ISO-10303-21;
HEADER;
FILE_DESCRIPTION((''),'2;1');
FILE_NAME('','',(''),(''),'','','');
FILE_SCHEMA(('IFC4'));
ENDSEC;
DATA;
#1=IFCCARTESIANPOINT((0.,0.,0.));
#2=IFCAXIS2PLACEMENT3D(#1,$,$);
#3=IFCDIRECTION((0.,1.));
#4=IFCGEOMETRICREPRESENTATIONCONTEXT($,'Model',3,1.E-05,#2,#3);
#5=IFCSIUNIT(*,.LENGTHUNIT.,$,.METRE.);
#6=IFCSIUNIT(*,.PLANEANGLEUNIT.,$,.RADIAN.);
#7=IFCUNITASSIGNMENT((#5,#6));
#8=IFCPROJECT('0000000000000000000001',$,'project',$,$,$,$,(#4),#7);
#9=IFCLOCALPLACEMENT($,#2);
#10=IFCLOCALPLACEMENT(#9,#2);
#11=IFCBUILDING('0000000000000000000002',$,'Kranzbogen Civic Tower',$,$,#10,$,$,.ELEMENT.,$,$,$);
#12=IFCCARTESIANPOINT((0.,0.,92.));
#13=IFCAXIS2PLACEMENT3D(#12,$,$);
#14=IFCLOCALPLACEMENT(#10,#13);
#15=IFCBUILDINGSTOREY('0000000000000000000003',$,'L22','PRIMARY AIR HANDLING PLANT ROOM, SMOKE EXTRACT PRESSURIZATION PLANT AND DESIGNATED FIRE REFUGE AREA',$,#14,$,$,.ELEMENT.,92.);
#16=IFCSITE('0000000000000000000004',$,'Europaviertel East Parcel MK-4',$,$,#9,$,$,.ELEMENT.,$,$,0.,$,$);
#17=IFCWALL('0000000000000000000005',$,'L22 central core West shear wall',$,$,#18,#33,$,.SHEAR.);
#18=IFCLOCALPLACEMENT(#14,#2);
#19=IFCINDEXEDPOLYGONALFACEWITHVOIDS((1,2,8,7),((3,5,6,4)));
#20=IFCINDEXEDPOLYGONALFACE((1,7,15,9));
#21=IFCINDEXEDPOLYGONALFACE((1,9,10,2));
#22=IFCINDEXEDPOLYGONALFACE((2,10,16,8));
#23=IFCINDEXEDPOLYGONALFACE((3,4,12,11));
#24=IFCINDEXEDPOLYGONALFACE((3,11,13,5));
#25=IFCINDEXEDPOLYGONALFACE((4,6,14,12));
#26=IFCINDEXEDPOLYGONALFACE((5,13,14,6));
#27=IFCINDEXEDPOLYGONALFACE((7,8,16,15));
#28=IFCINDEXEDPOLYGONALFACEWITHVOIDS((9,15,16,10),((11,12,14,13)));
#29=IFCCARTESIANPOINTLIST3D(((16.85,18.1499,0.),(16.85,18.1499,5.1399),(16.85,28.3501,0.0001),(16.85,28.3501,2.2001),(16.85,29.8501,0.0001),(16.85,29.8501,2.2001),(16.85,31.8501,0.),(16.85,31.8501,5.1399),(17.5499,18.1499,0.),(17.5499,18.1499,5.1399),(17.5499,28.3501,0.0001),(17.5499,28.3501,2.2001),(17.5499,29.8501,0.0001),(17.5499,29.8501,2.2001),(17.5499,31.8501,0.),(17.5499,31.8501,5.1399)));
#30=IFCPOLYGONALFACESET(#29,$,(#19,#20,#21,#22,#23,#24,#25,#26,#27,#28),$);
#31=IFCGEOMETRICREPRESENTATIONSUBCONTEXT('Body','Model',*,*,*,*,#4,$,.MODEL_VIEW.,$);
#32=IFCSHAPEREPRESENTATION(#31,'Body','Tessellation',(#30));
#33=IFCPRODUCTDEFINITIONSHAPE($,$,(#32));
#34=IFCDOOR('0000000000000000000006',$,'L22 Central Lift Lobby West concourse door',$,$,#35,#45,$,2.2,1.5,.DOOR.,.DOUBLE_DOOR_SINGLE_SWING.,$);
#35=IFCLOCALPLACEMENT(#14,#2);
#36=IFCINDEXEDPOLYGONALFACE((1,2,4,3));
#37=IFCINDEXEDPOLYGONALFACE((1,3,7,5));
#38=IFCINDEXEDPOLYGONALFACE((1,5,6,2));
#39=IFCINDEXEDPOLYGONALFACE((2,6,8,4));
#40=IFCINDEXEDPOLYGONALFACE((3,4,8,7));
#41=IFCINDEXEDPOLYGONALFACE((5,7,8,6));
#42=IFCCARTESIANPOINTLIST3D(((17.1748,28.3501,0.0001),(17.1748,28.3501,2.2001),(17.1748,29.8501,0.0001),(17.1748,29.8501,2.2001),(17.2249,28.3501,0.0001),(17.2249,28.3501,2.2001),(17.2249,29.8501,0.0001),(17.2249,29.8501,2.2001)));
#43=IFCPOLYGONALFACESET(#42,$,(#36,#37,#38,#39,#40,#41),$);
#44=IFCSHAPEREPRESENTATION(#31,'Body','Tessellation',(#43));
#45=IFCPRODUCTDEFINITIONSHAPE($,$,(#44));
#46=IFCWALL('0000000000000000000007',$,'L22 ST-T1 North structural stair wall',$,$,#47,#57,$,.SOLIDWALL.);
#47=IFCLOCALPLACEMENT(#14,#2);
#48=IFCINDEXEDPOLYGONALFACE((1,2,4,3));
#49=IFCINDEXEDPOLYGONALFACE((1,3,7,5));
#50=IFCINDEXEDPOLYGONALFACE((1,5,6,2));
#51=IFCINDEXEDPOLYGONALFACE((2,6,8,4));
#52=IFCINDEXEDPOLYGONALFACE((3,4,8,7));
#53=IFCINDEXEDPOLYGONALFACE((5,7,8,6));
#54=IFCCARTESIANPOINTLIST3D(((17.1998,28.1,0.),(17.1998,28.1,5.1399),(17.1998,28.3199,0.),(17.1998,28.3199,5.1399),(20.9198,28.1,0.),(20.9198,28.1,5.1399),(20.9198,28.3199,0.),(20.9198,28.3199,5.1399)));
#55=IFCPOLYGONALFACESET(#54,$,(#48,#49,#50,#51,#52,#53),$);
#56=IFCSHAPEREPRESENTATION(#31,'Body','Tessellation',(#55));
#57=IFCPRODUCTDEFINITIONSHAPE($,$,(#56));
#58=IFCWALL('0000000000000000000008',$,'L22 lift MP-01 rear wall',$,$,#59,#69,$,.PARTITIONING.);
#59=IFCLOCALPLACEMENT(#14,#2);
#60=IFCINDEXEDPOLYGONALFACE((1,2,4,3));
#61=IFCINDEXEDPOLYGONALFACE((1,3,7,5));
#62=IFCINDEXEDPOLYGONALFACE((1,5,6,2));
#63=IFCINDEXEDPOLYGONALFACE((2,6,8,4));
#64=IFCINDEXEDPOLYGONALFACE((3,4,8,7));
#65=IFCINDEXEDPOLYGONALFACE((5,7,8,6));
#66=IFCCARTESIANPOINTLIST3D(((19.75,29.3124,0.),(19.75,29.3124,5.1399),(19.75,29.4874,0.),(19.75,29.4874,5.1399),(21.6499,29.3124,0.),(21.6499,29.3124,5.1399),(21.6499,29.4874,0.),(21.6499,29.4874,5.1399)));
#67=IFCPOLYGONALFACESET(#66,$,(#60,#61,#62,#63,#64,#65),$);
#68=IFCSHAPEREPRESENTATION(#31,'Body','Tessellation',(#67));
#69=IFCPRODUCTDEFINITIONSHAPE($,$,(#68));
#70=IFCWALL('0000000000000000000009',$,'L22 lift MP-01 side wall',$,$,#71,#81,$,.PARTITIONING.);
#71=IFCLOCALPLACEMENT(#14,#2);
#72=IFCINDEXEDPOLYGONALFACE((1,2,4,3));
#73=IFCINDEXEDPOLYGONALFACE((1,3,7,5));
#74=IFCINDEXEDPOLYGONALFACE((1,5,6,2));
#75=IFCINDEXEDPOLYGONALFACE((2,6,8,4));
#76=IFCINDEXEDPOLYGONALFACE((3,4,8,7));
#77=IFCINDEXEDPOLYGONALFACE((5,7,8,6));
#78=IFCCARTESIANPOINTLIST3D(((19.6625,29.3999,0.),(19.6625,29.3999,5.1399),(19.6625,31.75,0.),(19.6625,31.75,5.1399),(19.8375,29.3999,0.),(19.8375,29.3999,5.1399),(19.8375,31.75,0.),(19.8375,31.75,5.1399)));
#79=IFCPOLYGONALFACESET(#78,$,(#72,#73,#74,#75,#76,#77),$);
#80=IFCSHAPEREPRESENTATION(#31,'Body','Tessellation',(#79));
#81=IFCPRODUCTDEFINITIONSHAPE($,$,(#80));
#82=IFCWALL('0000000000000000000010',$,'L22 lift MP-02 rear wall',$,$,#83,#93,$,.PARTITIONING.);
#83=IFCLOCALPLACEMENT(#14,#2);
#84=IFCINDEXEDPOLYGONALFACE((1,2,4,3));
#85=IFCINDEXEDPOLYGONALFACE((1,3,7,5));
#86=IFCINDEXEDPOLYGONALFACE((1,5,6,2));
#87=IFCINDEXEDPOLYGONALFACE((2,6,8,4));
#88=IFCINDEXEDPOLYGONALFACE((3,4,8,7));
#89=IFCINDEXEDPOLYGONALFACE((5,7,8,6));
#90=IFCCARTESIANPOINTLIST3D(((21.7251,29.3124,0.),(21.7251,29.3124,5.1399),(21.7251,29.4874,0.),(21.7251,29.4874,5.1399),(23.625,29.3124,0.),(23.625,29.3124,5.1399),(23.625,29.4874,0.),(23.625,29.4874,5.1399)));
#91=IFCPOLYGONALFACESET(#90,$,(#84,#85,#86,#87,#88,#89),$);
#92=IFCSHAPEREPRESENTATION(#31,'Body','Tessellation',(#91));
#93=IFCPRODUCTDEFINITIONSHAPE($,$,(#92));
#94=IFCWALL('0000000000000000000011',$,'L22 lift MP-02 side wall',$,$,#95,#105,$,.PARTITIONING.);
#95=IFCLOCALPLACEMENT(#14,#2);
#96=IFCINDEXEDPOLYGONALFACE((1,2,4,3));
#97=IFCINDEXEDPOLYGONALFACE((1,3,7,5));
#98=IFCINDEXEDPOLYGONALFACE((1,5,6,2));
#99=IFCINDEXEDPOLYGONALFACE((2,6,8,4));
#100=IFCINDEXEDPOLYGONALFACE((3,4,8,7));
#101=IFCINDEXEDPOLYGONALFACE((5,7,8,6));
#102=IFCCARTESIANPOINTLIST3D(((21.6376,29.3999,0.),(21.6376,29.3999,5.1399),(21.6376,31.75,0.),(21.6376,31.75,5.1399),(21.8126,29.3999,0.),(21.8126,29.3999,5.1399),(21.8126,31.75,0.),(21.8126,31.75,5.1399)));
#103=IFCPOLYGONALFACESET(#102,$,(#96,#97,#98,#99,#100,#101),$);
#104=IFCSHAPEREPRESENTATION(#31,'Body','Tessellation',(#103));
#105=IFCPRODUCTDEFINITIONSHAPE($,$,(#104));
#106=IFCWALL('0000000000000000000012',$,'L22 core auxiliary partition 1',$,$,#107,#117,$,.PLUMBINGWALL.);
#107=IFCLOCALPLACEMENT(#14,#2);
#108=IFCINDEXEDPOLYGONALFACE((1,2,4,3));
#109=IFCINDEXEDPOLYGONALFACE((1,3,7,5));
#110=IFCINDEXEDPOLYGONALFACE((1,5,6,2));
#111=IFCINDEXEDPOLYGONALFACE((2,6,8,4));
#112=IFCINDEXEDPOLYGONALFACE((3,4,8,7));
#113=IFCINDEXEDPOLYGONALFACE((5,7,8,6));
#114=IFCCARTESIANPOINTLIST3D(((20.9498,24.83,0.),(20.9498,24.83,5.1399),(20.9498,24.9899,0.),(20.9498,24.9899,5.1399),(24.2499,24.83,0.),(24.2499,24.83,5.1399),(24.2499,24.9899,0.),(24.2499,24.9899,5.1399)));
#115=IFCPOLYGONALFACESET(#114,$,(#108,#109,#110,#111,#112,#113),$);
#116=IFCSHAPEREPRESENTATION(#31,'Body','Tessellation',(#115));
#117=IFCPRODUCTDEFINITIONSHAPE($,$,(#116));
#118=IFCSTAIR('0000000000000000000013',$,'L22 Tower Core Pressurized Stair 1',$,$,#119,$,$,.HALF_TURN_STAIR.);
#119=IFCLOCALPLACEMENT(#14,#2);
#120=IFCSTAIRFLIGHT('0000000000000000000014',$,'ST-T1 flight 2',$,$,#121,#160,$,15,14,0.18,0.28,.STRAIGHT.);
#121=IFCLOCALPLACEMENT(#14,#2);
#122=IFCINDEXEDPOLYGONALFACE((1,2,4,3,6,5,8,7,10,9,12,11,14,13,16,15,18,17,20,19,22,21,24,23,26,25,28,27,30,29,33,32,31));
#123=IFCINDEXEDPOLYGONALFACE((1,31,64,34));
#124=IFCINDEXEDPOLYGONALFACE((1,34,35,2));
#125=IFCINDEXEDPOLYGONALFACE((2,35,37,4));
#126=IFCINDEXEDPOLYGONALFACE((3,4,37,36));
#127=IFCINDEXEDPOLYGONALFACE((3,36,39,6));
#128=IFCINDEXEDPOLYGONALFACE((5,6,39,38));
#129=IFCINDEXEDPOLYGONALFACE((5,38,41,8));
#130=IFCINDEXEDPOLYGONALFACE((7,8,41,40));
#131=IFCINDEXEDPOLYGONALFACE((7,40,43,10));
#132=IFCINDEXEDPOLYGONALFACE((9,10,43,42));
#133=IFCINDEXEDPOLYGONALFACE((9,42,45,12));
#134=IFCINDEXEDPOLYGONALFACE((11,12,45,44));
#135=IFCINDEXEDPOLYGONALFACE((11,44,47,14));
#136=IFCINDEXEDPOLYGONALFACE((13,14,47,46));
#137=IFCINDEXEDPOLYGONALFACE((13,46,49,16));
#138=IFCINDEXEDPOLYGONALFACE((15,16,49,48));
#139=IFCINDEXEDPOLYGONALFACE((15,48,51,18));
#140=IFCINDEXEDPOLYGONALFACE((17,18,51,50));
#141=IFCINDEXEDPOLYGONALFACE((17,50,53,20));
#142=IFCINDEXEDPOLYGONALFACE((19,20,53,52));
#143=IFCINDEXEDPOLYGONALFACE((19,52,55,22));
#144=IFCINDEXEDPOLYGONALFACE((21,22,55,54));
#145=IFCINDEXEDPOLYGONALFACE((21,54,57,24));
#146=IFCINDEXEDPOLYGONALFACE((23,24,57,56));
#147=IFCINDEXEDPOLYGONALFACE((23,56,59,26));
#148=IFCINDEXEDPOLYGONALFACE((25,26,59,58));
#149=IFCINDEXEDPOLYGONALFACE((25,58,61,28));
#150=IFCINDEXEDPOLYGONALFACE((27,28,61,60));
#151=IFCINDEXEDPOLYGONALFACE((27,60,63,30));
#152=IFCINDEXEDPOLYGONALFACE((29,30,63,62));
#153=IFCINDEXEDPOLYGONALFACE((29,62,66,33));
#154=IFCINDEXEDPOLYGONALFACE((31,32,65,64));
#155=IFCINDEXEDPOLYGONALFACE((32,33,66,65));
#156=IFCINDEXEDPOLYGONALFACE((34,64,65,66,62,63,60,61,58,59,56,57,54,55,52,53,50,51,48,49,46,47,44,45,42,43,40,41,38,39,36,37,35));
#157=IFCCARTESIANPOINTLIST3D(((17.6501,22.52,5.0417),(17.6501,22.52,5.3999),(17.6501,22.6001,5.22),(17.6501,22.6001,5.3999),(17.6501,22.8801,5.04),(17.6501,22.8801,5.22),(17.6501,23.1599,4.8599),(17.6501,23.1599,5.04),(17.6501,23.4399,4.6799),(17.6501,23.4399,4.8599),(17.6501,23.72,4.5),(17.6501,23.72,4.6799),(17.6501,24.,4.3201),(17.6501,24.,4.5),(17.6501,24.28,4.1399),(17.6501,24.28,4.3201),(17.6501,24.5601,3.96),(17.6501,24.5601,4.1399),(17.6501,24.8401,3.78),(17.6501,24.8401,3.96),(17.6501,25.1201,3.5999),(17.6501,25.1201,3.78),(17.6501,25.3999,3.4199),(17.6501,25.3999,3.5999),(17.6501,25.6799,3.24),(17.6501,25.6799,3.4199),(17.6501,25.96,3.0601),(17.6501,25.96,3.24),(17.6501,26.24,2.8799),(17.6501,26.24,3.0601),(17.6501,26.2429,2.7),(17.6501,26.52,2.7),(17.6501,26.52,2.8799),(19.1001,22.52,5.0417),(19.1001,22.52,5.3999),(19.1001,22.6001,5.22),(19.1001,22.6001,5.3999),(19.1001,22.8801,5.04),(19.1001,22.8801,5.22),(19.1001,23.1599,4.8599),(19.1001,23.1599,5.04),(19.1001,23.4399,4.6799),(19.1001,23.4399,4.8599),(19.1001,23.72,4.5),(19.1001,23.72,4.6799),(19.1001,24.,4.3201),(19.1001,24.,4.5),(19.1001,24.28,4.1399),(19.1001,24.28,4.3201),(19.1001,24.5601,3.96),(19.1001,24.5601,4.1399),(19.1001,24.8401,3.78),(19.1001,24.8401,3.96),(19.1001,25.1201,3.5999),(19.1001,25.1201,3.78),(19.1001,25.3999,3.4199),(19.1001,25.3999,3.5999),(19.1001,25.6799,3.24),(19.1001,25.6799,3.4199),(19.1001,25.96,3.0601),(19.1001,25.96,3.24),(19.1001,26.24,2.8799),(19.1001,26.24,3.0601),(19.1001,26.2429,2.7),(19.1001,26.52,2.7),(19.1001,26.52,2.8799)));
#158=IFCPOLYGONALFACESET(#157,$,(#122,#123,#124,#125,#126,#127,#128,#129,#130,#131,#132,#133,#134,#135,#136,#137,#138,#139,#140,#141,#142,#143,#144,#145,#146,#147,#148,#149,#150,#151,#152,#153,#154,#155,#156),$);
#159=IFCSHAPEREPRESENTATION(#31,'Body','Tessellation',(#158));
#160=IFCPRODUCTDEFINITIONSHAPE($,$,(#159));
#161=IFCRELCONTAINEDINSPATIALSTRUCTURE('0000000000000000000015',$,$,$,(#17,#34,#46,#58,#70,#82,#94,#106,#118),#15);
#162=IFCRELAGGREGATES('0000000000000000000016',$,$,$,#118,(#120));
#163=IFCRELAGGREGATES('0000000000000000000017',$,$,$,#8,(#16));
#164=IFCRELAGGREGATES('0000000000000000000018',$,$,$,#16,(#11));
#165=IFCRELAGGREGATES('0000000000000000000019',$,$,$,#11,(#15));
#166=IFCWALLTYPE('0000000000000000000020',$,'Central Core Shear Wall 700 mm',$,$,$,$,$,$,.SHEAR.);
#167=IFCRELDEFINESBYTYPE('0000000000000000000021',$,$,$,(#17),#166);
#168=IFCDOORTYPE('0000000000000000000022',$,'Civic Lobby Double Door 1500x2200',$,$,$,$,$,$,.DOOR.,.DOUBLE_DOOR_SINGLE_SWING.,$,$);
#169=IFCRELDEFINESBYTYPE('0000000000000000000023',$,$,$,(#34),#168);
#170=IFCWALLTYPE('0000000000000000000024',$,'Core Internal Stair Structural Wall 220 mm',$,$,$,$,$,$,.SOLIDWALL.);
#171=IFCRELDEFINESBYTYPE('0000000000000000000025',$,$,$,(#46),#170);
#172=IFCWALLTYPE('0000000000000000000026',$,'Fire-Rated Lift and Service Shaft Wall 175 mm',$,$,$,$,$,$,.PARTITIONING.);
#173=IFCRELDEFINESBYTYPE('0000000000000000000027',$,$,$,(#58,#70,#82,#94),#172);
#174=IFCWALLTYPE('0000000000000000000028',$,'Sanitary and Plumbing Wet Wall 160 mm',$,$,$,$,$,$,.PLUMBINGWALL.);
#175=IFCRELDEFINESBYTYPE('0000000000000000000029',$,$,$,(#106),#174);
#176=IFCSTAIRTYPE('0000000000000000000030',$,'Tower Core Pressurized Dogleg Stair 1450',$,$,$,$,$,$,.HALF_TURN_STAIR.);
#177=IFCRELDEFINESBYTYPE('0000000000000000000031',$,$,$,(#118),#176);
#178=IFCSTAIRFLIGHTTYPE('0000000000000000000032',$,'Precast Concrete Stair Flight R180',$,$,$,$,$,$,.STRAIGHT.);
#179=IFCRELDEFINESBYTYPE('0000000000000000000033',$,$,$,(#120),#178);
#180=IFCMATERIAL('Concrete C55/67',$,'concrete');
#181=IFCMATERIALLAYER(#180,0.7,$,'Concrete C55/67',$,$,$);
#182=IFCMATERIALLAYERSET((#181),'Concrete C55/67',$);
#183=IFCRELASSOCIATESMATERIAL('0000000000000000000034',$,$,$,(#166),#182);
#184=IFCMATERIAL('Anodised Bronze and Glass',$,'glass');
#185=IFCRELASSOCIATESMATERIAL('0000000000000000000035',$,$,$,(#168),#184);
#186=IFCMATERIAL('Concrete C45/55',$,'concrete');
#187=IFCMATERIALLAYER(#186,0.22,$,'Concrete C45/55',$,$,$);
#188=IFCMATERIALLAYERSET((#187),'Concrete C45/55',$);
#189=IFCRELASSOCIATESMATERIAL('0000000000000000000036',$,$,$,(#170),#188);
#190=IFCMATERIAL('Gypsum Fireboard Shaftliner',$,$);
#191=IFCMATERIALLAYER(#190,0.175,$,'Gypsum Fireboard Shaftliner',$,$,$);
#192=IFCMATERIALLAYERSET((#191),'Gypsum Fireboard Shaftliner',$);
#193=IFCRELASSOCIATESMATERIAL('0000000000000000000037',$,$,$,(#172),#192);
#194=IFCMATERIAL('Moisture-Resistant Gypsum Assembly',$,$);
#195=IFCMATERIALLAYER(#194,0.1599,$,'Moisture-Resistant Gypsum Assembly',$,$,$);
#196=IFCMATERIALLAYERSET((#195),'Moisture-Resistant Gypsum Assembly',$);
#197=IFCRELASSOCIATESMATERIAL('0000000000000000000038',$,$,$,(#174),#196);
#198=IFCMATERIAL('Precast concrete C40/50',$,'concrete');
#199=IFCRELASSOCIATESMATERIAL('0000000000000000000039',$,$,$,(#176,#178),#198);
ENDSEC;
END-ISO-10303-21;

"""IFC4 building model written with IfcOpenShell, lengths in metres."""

from ifc_helpers import new_model, si_unit, direction, frame, frame_2d, origin, place, context, subcontext, project, spatial, polyline, rectangle, outline, extrude, material, layer, layer_set, type_object, element, fill, aggregate, save


model = new_model("IFC4")

# Units and contexts
model_context = context("Model", 3, precision=1e-05, world=origin(), true_north=direction((0.0, 1.0)))
body_context = subcontext(model_context, "Body", "Model", "MODEL_VIEW")
ifc_project = project(units=[si_unit("LENGTHUNIT", "METRE"), si_unit("PLANEANGLEUNIT", "RADIAN")], contexts=[model_context])

# Site, building, storey
site_placement = place(None, origin())
site = spatial("IfcSite", under=ifc_project, at=site_placement, Name="Europaviertel East Parcel MK-4", CompositionType="ELEMENT", RefElevation=0.0)
building_placement = place(site_placement, origin())
building = spatial("IfcBuilding", under=site, at=building_placement, Name="Kranzbogen Civic Tower", CompositionType="ELEMENT")
storey_placement = place(building_placement, frame((0.0, 0.0, 92.0)))
storey = spatial("IfcBuildingStorey", under=building, at=storey_placement, Name="L22", Description="PRIMARY AIR HANDLING PLANT ROOM, SMOKE EXTRACT PRESSURIZATION PLANT AND DESIGNATED FIRE REFUGE AREA", CompositionType="ELEMENT", Elevation=92.0)

# Wall, opening, door
ifc_material_1 = material(Name="Concrete C55/67", Category="concrete")
ifc_layer_1 = layer(ifc_material_1, 0.7, Name="Concrete C55/67")
ifc_layer_set_1 = layer_set([ifc_layer_1], Name="Concrete C55/67")
wall_type_1 = type_object("IfcWallType", Name="Central Core Shear Wall 700 mm", PredefinedType="SHEAR", material=ifc_layer_set_1)
wall_1_placement = place(storey_placement, frame((17.2, 31.8501, 0.0), z_axis=(0.0, 0.0, 1.0), x_axis=(0.0, -1.0, 0.0)))
wall_1 = element("IfcWall", 1, at=wall_1_placement, inside=storey, type_object=wall_type_1, Name="L22 central core West shear wall", PredefinedType="SHEAR", context=body_context, shape_type="SweptSolid", body=[
    extrude(rectangle(XDim=13.7002, YDim=0.7, at=frame_2d((6.8501, 0.0))), origin(), (0.0, 0.0, 1.0), 5.1399),
])
opening_1_placement = place(wall_1_placement, frame((2.0, 0.0, 0.0)))
opening_1 = element("IfcOpeningElement", 2, at=opening_1_placement, cuts=wall_1, PredefinedType="OPENING", context=body_context, shape_type="SweptSolid", body=[
    extrude(rectangle(XDim=1.5, YDim=2.2, at=frame_2d((0.75, 1.1001))), frame((0.0, 0.3599, 0.0), z_axis=(0.0, -1.0, 0.0), x_axis=(1.0, 0.0, 0.0)), (0.0, 0.0, 1.0), 0.72),
])
ifc_material_2 = material(Name="Anodised Bronze and Glass", Category="glass")
door_type_1 = type_object("IfcDoorType", Name="Civic Lobby Double Door 1500x2200", OperationType="DOUBLE_DOOR_SINGLE_SWING", PredefinedType="DOOR", material=ifc_material_2)
door_1_placement = place(opening_1_placement, origin())
door_1 = element("IfcDoor", 3, at=door_1_placement, inside=storey, type_object=door_type_1, Name="L22 Central Lift Lobby West concourse door", OperationType="DOUBLE_DOOR_SINGLE_SWING", OverallHeight=2.2, OverallWidth=1.5, PredefinedType="DOOR", context=body_context, shape_type="SweptSolid", body=[
    extrude(rectangle(XDim=1.5, YDim=2.2, at=frame_2d((0.75, 1.1001))), frame((0.0, 0.0249, 0.0), z_axis=(0.0, -1.0, 0.0), x_axis=(1.0, 0.0, 0.0)), (0.0, 0.0, 1.0), 0.05),
])
fill(opening_1, door_1)

# Walls
ifc_material_3 = material(Name="Concrete C45/55", Category="concrete")
ifc_layer_2 = layer(ifc_material_3, 0.22, Name="Concrete C45/55")
ifc_layer_set_2 = layer_set([ifc_layer_2], Name="Concrete C45/55")
wall_type_2 = type_object("IfcWallType", Name="Core Internal Stair Structural Wall 220 mm", PredefinedType="SOLIDWALL", material=ifc_layer_set_2)
wall_2_placement = place(storey_placement, frame((17.2, 28.21, 0.0), z_axis=(0.0, 0.0, 1.0), x_axis=(1.0, 0.0, 0.0)))
element("IfcWall", 4, at=wall_2_placement, inside=storey, type_object=wall_type_2, Name="L22 ST-T1 North structural stair wall", PredefinedType="SOLIDWALL", context=body_context, shape_type="SweptSolid", body=[
    extrude(rectangle(XDim=3.72, YDim=0.22, at=frame_2d((1.8599, 0.0))), origin(), (0.0, 0.0, 1.0), 5.1399),
])
ifc_material_4 = material(Name="Gypsum Fireboard Shaftliner")
ifc_layer_3 = layer(ifc_material_4, 0.175, Name="Gypsum Fireboard Shaftliner")
ifc_layer_set_3 = layer_set([ifc_layer_3], Name="Gypsum Fireboard Shaftliner")
wall_type_3 = type_object("IfcWallType", Name="Fire-Rated Lift and Service Shaft Wall 175 mm", PredefinedType="PARTITIONING", material=ifc_layer_set_3)
wall_3_placement = place(storey_placement, frame((19.75, 29.3999, 0.0), z_axis=(0.0, 0.0, 1.0), x_axis=(1.0, 0.0, 0.0)))
element("IfcWall", 5, at=wall_3_placement, inside=storey, type_object=wall_type_3, Name="L22 lift MP-01 rear wall", PredefinedType="PARTITIONING", context=body_context, shape_type="SweptSolid", body=[
    extrude(rectangle(XDim=1.8999, YDim=0.175, at=frame_2d((0.95, 0.0))), origin(), (0.0, 0.0, 1.0), 5.1399),
])
wall_4_placement = place(storey_placement, frame((19.75, 29.3999, 0.0), z_axis=(0.0, 0.0, 1.0), x_axis=(0.0, 1.0, 0.0)))
element("IfcWall", 6, at=wall_4_placement, inside=storey, type_object=wall_type_3, Name="L22 lift MP-01 side wall", PredefinedType="PARTITIONING", context=body_context, shape_type="SweptSolid", body=[
    extrude(rectangle(XDim=2.3501, YDim=0.175, at=frame_2d((1.175, 0.0))), origin(), (0.0, 0.0, 1.0), 5.1399),
])
wall_5_placement = place(storey_placement, frame((21.7251, 29.3999, 0.0), z_axis=(0.0, 0.0, 1.0), x_axis=(1.0, 0.0, 0.0)))
element("IfcWall", 7, at=wall_5_placement, inside=storey, type_object=wall_type_3, Name="L22 lift MP-02 rear wall", PredefinedType="PARTITIONING", context=body_context, shape_type="SweptSolid", body=[
    extrude(rectangle(XDim=1.8999, YDim=0.175, at=frame_2d((0.95, 0.0))), origin(), (0.0, 0.0, 1.0), 5.1399),
])
wall_6_placement = place(storey_placement, frame((21.7251, 29.3999, 0.0), z_axis=(0.0, 0.0, 1.0), x_axis=(0.0, 1.0, 0.0)))
element("IfcWall", 8, at=wall_6_placement, inside=storey, type_object=wall_type_3, Name="L22 lift MP-02 side wall", PredefinedType="PARTITIONING", context=body_context, shape_type="SweptSolid", body=[
    extrude(rectangle(XDim=2.3501, YDim=0.175, at=frame_2d((1.175, 0.0))), origin(), (0.0, 0.0, 1.0), 5.1399),
])
ifc_material_5 = material(Name="Moisture-Resistant Gypsum Assembly")
ifc_layer_4 = layer(ifc_material_5, 0.1599, Name="Moisture-Resistant Gypsum Assembly")
ifc_layer_set_4 = layer_set([ifc_layer_4], Name="Moisture-Resistant Gypsum Assembly")
wall_type_4 = type_object("IfcWallType", Name="Sanitary and Plumbing Wet Wall 160 mm", PredefinedType="PLUMBINGWALL", material=ifc_layer_set_4)
wall_7_placement = place(storey_placement, frame((20.95, 24.9099, 0.0), z_axis=(0.0, 0.0, 1.0), x_axis=(1.0, 0.0, 0.0)))
element("IfcWall", 9, at=wall_7_placement, inside=storey, type_object=wall_type_4, Name="L22 core auxiliary partition 1", PredefinedType="PLUMBINGWALL", context=body_context, shape_type="SweptSolid", body=[
    extrude(rectangle(XDim=3.3, YDim=0.1599, at=frame_2d((1.6499, 0.0))), origin(), (0.0, 0.0, 1.0), 5.1399),
])

# Stair, stair flight
ifc_material_6 = material(Name="Precast concrete C40/50", Category="concrete")
stair_type = type_object("IfcStairType", Name="Tower Core Pressurized Dogleg Stair 1450", PredefinedType="HALF_TURN_STAIR", material=ifc_material_6)
stair_placement = place(storey_placement, origin())
stair = element("IfcStair", 10, at=stair_placement, inside=storey, type_object=stair_type, Name="L22 Tower Core Pressurized Stair 1", PredefinedType="HALF_TURN_STAIR")
stair_flight_type = type_object("IfcStairFlightType", Name="Precast Concrete Stair Flight R180", PredefinedType="STRAIGHT", material=ifc_material_6)
stair_flight_placement = place(storey_placement, frame((18.375, 26.52, 2.7), z_axis=(0.0, 0.0, 1.0), x_axis=(0.0, -1.0, 0.0)))
stair_flight = element("IfcStairFlight", 11, at=stair_flight_placement, type_object=stair_flight_type, Name="ST-T1 flight 2", NumberOfRisers=15, NumberOfTreads=14, PredefinedType="STRAIGHT", RiserHeight=0.18, TreadLength=0.28, context=body_context, shape_type="SweptSolid", body=[
    extrude(outline(polyline([(0.0, 0.0), (0.0, 0.1799), (0.28, 0.1799), (0.28, 0.3601), (0.5601, 0.3601), (0.5601, 0.54), (0.8401, 0.54), (0.8401, 0.72), (1.1201, 0.72), (1.1201, 0.8999), (1.3999, 0.8999), (1.3999, 1.0801), (1.6799, 1.0801), (1.6799, 1.26), (1.96, 1.26), (1.96, 1.4399), (2.24, 1.4399), (2.24, 1.6201), (2.52, 1.6201), (2.52, 1.8), (2.8, 1.8), (2.8, 1.98), (3.0801, 1.98), (3.0801, 2.1599), (3.3601, 2.1599), (3.3601, 2.3401), (3.6399, 2.3401), (3.6399, 2.52), (3.9199, 2.52), (3.9199, 2.7), (4.0, 2.7), (4.0, 2.3418), (0.2771, 0.0), (0.0, 0.0)])), frame((0.0, 0.7251, 0.0), z_axis=(0.0, -1.0, 0.0), x_axis=(1.0, 0.0, 0.0)), (0.0, 0.0, 1.0), 1.45),
])
aggregate(stair, [stair_flight])

save(model, "model.ifc")
